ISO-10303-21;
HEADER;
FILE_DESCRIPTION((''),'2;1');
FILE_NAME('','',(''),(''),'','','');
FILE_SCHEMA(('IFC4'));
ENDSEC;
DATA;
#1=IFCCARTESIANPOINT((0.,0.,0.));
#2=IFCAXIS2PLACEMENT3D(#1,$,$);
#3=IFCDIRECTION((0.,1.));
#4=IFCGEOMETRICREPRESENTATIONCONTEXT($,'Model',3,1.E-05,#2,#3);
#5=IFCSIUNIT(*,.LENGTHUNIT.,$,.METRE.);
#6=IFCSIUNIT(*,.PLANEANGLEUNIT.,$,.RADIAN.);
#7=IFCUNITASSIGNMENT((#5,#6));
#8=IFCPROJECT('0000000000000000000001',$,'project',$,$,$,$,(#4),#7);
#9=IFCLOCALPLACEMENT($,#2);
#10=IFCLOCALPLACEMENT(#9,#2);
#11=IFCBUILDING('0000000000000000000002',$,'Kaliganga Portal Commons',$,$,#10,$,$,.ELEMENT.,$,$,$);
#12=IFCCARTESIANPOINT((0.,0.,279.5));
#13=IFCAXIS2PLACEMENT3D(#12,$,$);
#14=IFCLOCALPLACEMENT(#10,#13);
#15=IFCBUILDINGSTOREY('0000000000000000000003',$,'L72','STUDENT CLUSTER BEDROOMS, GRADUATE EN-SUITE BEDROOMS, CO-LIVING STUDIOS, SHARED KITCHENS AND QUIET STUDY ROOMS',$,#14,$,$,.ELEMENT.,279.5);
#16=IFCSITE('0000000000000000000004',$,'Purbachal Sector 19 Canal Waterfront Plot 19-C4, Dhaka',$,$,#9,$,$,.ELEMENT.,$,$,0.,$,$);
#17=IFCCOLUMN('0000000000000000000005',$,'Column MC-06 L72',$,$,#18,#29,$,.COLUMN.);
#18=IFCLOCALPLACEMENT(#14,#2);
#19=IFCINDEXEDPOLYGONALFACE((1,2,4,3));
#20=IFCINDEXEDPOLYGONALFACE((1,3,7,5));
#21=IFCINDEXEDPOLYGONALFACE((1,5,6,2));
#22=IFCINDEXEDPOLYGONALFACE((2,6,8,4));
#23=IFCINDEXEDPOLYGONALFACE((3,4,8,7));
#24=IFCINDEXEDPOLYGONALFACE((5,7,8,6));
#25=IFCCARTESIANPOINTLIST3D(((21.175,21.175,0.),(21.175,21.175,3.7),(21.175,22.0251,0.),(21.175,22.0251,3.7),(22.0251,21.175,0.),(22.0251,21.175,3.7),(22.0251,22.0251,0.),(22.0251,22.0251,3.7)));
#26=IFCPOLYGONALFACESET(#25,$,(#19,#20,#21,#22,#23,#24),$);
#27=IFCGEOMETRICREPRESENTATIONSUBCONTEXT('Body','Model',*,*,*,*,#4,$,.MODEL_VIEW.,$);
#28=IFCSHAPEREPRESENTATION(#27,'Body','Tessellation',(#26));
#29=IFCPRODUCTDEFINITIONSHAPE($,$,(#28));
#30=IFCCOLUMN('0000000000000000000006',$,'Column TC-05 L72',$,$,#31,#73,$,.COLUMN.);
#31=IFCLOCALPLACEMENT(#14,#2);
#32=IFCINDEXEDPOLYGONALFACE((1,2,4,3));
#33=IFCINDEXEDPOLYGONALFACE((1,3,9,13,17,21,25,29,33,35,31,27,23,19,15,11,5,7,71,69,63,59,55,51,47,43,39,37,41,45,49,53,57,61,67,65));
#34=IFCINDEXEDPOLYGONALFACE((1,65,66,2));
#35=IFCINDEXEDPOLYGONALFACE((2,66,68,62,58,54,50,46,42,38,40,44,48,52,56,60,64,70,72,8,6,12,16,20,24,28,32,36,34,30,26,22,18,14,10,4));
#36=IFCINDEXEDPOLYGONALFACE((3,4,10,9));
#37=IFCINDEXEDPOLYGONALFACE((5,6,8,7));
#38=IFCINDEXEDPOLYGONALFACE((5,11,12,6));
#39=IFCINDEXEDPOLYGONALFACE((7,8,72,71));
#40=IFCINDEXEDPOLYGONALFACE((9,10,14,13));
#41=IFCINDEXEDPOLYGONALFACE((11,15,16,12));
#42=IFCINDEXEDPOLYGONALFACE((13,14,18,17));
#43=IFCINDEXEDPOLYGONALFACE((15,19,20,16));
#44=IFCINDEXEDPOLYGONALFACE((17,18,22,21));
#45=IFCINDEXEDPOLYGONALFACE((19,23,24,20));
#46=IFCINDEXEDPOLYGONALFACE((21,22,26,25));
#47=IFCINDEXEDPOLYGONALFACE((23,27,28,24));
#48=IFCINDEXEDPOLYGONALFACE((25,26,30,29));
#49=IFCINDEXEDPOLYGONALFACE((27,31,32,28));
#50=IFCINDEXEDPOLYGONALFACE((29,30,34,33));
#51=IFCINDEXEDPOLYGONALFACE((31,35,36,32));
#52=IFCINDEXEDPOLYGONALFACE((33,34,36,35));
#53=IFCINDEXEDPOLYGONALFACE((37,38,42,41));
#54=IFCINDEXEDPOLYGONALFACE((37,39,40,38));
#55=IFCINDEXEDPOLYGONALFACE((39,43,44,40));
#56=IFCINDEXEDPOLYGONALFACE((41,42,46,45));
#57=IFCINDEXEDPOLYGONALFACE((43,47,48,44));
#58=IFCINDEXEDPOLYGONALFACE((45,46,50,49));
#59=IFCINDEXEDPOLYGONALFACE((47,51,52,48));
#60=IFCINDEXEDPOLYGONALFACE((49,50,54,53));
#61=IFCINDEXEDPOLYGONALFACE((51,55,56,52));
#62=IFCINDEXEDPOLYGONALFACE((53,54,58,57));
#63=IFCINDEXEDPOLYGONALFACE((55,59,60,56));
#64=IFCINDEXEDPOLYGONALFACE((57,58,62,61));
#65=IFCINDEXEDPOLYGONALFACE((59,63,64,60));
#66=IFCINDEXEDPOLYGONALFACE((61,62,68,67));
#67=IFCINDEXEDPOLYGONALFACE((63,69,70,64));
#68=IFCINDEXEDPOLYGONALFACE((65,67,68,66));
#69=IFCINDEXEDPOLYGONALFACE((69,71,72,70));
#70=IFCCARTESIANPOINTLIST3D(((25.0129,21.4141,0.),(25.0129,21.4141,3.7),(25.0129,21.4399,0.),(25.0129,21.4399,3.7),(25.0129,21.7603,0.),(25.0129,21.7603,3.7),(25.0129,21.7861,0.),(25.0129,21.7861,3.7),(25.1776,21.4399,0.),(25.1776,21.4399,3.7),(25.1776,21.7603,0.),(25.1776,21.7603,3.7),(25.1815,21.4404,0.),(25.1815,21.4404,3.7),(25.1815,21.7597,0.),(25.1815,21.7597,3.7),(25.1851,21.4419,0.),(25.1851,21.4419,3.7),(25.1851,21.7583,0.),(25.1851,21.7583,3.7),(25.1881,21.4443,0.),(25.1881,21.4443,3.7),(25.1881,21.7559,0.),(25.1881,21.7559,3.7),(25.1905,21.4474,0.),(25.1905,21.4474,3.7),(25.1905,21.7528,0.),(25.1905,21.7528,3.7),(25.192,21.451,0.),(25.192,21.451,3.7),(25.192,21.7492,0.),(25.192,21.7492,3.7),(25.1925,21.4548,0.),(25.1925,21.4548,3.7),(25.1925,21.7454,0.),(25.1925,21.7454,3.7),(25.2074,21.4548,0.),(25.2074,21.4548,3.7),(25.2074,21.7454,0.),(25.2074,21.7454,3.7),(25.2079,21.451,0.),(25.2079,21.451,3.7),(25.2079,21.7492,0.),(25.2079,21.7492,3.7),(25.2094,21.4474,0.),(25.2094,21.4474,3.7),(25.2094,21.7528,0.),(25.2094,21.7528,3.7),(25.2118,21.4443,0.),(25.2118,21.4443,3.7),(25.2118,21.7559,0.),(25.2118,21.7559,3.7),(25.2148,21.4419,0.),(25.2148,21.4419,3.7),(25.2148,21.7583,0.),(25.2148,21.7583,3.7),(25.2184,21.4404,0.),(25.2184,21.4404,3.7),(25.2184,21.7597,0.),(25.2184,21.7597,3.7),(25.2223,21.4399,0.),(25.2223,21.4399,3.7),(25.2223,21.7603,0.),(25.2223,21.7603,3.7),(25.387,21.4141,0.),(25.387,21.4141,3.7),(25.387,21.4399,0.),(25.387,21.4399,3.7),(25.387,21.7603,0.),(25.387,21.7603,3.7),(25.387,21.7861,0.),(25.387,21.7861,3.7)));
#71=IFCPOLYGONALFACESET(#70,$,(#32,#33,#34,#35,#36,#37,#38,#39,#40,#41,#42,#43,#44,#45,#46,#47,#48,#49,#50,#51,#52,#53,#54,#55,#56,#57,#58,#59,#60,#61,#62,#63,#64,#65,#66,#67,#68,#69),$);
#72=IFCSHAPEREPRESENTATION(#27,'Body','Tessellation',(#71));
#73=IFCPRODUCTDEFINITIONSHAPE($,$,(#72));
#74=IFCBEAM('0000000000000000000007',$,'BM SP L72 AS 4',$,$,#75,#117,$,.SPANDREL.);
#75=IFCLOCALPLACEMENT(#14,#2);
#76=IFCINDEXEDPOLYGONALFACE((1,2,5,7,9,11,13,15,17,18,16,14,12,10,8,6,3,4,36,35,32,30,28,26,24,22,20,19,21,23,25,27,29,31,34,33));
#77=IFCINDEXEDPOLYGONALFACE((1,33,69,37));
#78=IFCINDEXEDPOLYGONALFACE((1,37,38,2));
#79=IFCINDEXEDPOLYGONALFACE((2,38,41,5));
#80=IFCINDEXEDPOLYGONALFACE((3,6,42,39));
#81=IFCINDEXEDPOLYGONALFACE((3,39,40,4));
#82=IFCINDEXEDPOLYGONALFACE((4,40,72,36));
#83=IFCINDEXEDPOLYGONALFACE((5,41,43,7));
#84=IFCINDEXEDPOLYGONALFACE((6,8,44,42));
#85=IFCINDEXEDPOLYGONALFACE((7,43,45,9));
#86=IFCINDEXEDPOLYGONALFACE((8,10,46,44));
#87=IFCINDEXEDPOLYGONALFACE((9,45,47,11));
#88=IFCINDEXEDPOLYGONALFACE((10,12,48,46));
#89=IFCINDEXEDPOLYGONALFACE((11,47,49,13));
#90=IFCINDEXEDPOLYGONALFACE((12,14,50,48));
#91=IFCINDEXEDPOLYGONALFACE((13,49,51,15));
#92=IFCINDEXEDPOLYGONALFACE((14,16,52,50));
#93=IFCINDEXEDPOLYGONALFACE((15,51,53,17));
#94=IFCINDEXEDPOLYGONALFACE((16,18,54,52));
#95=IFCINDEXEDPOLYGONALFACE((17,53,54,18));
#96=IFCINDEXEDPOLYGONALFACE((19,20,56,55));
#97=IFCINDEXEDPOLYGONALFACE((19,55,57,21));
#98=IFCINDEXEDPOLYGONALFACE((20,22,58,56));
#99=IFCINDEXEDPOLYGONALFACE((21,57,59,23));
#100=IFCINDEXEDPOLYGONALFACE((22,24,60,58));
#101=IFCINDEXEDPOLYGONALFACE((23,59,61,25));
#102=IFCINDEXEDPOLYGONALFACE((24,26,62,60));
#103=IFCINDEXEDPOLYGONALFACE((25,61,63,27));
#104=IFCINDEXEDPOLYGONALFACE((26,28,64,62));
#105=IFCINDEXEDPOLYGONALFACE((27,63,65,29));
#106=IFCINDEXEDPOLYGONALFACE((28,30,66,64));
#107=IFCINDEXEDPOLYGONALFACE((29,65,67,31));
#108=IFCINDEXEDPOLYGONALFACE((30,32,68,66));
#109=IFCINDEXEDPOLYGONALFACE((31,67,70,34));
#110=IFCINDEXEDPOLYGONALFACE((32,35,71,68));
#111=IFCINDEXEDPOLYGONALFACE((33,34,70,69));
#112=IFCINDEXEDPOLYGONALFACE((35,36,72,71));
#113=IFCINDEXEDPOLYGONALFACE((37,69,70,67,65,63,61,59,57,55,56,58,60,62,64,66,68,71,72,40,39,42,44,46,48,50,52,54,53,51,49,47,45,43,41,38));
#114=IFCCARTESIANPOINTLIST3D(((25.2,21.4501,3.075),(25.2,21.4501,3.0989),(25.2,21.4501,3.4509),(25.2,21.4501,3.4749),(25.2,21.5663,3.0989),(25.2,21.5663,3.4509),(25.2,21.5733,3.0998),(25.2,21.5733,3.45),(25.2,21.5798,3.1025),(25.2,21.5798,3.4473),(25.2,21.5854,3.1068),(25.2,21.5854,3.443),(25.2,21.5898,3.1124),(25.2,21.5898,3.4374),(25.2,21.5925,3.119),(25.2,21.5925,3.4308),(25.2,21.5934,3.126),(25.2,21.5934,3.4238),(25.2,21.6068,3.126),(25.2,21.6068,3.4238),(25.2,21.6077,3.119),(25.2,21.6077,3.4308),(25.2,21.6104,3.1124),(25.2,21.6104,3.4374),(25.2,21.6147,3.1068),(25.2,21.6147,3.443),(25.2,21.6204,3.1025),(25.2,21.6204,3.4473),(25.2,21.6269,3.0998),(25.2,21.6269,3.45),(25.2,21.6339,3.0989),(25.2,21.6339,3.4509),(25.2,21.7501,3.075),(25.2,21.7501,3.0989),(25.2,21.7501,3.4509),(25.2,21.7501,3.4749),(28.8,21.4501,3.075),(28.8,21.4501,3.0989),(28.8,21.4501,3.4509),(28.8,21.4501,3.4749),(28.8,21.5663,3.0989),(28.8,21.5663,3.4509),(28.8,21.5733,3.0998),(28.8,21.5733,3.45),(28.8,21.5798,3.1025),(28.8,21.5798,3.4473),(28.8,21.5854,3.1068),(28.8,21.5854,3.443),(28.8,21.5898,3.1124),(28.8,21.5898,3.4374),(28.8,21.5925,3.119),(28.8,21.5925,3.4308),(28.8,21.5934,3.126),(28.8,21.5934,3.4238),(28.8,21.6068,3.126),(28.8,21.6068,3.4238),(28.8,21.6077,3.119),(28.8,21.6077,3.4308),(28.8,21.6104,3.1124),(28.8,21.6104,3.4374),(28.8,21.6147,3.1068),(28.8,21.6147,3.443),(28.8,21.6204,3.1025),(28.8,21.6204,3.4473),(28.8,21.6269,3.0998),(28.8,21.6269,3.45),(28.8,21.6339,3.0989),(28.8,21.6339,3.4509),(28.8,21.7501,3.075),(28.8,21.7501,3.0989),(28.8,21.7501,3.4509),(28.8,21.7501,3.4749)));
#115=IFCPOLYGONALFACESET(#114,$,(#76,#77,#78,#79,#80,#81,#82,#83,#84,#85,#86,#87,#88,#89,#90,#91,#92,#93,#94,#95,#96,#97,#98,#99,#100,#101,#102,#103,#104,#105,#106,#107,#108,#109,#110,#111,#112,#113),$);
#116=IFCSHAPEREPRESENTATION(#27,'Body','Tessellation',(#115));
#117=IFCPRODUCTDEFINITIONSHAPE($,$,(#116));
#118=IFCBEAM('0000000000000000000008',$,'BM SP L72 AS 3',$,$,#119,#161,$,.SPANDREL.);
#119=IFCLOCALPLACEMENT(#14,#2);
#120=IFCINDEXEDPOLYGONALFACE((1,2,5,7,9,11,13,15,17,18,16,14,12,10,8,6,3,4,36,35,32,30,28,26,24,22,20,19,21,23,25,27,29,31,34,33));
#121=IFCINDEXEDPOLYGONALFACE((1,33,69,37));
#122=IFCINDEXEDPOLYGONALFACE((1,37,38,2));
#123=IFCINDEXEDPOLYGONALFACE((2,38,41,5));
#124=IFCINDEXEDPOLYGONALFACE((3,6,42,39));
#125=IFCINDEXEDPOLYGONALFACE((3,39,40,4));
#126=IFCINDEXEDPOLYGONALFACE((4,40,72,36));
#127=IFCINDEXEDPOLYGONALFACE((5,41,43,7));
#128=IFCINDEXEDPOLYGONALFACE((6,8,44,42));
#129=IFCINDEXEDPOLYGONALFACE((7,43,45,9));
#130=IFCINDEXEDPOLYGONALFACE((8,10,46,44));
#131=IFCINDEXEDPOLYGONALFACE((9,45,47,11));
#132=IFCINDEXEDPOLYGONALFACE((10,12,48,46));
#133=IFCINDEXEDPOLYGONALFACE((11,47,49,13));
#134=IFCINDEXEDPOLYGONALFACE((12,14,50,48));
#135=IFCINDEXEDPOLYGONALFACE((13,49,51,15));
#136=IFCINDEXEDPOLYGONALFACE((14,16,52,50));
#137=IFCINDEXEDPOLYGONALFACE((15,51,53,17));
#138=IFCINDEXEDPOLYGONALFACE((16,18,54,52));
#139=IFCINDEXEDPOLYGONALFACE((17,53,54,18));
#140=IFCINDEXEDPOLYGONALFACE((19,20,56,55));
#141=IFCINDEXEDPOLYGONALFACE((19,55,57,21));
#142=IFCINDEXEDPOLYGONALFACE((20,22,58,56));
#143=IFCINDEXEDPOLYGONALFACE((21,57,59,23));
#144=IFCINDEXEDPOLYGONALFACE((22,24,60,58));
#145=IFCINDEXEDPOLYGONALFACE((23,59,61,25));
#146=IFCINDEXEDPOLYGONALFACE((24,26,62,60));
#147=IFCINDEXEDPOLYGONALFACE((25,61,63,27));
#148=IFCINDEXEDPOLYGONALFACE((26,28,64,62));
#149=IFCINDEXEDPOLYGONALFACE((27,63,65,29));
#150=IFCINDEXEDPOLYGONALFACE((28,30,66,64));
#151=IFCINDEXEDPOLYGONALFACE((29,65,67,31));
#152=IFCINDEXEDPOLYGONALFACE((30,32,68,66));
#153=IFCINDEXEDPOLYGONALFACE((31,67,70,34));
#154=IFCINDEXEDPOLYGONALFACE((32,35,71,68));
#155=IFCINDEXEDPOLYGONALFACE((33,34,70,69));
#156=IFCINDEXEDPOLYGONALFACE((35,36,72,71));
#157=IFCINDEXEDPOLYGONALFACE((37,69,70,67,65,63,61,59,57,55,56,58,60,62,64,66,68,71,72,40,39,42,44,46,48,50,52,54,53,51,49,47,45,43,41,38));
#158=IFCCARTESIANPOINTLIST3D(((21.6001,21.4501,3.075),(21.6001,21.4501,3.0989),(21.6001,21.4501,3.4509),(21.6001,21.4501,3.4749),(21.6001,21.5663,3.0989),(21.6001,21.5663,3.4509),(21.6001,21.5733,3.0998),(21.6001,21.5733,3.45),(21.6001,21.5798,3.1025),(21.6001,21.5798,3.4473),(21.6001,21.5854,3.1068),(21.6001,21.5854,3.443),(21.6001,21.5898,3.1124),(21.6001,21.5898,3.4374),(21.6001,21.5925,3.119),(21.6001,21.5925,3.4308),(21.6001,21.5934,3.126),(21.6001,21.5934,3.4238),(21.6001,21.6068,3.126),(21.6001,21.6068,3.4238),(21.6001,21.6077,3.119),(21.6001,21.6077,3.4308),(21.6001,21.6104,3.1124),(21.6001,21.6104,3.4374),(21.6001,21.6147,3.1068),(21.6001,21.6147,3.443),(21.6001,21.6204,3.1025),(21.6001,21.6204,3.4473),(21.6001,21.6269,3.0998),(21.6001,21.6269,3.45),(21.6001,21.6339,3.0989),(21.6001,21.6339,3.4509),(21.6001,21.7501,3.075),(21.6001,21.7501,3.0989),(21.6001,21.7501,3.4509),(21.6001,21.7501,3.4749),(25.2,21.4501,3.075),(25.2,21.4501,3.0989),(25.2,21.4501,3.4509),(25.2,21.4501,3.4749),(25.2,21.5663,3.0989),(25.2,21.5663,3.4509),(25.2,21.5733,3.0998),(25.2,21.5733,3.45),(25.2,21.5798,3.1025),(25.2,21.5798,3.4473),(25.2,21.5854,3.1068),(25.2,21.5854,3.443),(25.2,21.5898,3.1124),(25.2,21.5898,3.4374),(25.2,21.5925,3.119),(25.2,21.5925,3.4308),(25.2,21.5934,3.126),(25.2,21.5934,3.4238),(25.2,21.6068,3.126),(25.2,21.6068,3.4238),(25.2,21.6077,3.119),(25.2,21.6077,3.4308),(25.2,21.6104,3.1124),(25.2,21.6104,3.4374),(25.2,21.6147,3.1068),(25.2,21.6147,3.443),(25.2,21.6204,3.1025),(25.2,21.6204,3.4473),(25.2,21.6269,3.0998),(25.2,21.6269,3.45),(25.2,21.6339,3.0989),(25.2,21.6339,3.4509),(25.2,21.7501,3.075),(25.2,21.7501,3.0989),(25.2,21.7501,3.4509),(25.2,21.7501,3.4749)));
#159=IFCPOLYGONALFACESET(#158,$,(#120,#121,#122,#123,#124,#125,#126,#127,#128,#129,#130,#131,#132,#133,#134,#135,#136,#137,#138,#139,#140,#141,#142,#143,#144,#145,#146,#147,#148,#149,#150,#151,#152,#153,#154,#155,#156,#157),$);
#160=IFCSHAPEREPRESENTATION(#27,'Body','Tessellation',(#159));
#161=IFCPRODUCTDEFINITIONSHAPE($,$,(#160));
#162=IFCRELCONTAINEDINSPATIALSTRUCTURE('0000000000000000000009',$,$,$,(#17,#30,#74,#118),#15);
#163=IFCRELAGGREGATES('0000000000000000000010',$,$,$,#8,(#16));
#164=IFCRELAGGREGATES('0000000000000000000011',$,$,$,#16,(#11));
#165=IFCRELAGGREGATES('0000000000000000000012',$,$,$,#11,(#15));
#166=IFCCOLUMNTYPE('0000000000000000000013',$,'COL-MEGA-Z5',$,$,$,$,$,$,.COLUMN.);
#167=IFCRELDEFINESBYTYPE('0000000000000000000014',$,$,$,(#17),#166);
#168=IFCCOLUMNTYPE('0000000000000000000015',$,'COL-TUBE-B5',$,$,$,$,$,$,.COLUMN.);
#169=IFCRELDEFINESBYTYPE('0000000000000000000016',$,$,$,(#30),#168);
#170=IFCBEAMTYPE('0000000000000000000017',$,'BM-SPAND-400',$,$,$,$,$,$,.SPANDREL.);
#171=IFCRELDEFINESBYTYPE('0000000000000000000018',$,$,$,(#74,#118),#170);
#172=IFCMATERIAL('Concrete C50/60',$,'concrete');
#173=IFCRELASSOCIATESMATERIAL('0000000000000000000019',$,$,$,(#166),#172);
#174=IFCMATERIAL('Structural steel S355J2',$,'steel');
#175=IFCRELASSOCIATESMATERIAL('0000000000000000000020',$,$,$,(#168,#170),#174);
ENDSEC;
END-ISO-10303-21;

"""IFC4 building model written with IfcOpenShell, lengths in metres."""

from ifc_helpers import new_model, si_unit, direction, frame, origin, origin_2d, place, context, subcontext, project, spatial, rectangle, i_section, extrude, source, transform, mapped, material, material_profile, profile_set, type_object, element, save


model = new_model("IFC4")

# Units and contexts
model_context = context("Model", 3, precision=1e-05, world=origin(), true_north=direction((0.0, 1.0)))
body_context = subcontext(model_context, "Body", "Model", "MODEL_VIEW")
ifc_project = project(units=[si_unit("LENGTHUNIT", "METRE"), si_unit("PLANEANGLEUNIT", "RADIAN")], contexts=[model_context])

# Site, building, storey
site_placement = place(None, origin())
site = spatial("IfcSite", under=ifc_project, at=site_placement, Name="Purbachal Sector 19 Canal Waterfront Plot 19-C4, Dhaka", CompositionType="ELEMENT", RefElevation=0.0)
building_placement = place(site_placement, origin())
building = spatial("IfcBuilding", under=site, at=building_placement, Name="Kaliganga Portal Commons", CompositionType="ELEMENT")
storey_placement = place(building_placement, frame((0.0, 0.0, 279.5)))
storey = spatial("IfcBuildingStorey", under=building, at=storey_placement, Name="L72", Description="STUDENT CLUSTER BEDROOMS, GRADUATE EN-SUITE BEDROOMS, CO-LIVING STUDIOS, SHARED KITCHENS AND QUIET STUDY ROOMS", CompositionType="ELEMENT", Elevation=279.5)

# Columns
ifc_material_1 = material(Name="Concrete C50/60", Category="concrete")
ifc_material_profile_1 = material_profile(ifc_material_1, rectangle(XDim=0.8501, YDim=0.8501, at=origin_2d()), Name="RC 850x850")
ifc_profile_set_1 = profile_set([ifc_material_profile_1], Name="Concrete C50/60")
column_type_1 = type_object("IfcColumnType", Name="COL-MEGA-Z5", PredefinedType="COLUMN", material=ifc_profile_set_1)
shared_shape_1 = source(origin(), body_context, "Body", "SweptSolid", [
    extrude(rectangle(XDim=0.8501, YDim=0.8501, at=origin_2d()), origin(), (0.0, 0.0, 1.0), 3.7),
])
column_1_placement = place(storey_placement, frame((21.6001, 21.6001, 0.0), z_axis=(0.0, 0.0, 1.0), x_axis=(1.0, 0.0, 0.0)))
element("IfcColumn", 1, at=column_1_placement, inside=storey, type_object=column_type_1, Name="Column MC-06 L72", PredefinedType="COLUMN", context=body_context, shape_type="MappedRepresentation", body=[
    mapped(shared_shape_1, transform((0.0, 0.0, 0.0), x_axis=(1.0, 0.0, 0.0), y_axis=(0.0, 1.0, 0.0), z_axis=(0.0, 0.0, 1.0), scale=1.0)),
])
ifc_material_2 = material(Name="Structural steel S355J2", Category="steel")
ifc_material_profile_2 = material_profile(ifc_material_2, i_section(OverallWidth=0.374, OverallDepth=0.3721, WebThickness=0.0149, FlangeThickness=0.0259, FilletRadius=0.0149, at=origin_2d()), Name="HD 360x196")
ifc_profile_set_2 = profile_set([ifc_material_profile_2], Name="Structural steel S355J2 wide-flange")
column_type_2 = type_object("IfcColumnType", Name="COL-TUBE-B5", PredefinedType="COLUMN", material=ifc_profile_set_2)
shared_shape_2 = source(origin(), body_context, "Body", "SweptSolid", [
    extrude(i_section(OverallWidth=0.374, OverallDepth=0.3721, WebThickness=0.0149, FlangeThickness=0.0259, FilletRadius=0.0149, at=origin_2d()), origin(), (0.0, 0.0, 1.0), 3.7),
])
column_2_placement = place(storey_placement, frame((25.2, 21.6001, 0.0), z_axis=(0.0, 0.0, 1.0), x_axis=(1.0, 0.0, 0.0)))
element("IfcColumn", 2, at=column_2_placement, inside=storey, type_object=column_type_2, Name="Column TC-05 L72", PredefinedType="COLUMN", context=body_context, shape_type="MappedRepresentation", body=[
    mapped(shared_shape_2, transform((0.0, 0.0, 0.0), x_axis=(1.0, 0.0, 0.0), y_axis=(0.0, 1.0, 0.0), z_axis=(0.0, 0.0, 1.0), scale=1.0)),
])

# Beams
ifc_material_profile_3 = material_profile(ifc_material_2, i_section(OverallWidth=0.3, OverallDepth=0.3999, WebThickness=0.0134, FlangeThickness=0.0239, FilletRadius=0.0271, at=origin_2d()), Name="HE 400 B")
ifc_profile_set_3 = profile_set([ifc_material_profile_3], Name="Structural steel S355J2 wide-flange")
beam_type_1 = type_object("IfcBeamType", Name="BM-SPAND-400", PredefinedType="SPANDREL", material=ifc_profile_set_3)
shared_shape_3 = source(origin(), body_context, "Body", "SweptSolid", [
    extrude(i_section(OverallWidth=0.3, OverallDepth=0.3999, WebThickness=0.0134, FlangeThickness=0.0239, FilletRadius=0.0271, at=origin_2d()), origin(), (0.0, 0.0, 1.0), 3.6001),
])
beam_1_placement = place(storey_placement, frame((25.2, 21.6001, 3.2749), z_axis=(1.0, 0.0, 0.0), x_axis=(0.0, 1.0, 0.0)))
element("IfcBeam", 3, at=beam_1_placement, inside=storey, type_object=beam_type_1, Name="BM SP L72 AS 4", PredefinedType="SPANDREL", context=body_context, shape_type="MappedRepresentation", body=[
    mapped(shared_shape_3, transform((0.0, 0.0, 0.0), x_axis=(1.0, 0.0, 0.0), y_axis=(0.0, 1.0, 0.0), z_axis=(0.0, 0.0, 1.0), scale=1.0)),
])
shared_shape_4 = source(origin(), body_context, "Body", "SweptSolid", [
    extrude(i_section(OverallWidth=0.3, OverallDepth=0.3999, WebThickness=0.0134, FlangeThickness=0.0239, FilletRadius=0.0271, at=origin_2d()), origin(), (0.0, 0.0, 1.0), 3.5999),
])
beam_2_placement = place(storey_placement, frame((21.6001, 21.6001, 3.2749), z_axis=(1.0, 0.0, 0.0), x_axis=(0.0, 1.0, 0.0)))
element("IfcBeam", 4, at=beam_2_placement, inside=storey, type_object=beam_type_1, Name="BM SP L72 AS 3", PredefinedType="SPANDREL", context=body_context, shape_type="MappedRepresentation", body=[
    mapped(shared_shape_4, transform((0.0, 0.0, 0.0), x_axis=(1.0, 0.0, 0.0), y_axis=(0.0, 1.0, 0.0), z_axis=(0.0, 0.0, 1.0), scale=1.0)),
])

save(model, "model.ifc")
